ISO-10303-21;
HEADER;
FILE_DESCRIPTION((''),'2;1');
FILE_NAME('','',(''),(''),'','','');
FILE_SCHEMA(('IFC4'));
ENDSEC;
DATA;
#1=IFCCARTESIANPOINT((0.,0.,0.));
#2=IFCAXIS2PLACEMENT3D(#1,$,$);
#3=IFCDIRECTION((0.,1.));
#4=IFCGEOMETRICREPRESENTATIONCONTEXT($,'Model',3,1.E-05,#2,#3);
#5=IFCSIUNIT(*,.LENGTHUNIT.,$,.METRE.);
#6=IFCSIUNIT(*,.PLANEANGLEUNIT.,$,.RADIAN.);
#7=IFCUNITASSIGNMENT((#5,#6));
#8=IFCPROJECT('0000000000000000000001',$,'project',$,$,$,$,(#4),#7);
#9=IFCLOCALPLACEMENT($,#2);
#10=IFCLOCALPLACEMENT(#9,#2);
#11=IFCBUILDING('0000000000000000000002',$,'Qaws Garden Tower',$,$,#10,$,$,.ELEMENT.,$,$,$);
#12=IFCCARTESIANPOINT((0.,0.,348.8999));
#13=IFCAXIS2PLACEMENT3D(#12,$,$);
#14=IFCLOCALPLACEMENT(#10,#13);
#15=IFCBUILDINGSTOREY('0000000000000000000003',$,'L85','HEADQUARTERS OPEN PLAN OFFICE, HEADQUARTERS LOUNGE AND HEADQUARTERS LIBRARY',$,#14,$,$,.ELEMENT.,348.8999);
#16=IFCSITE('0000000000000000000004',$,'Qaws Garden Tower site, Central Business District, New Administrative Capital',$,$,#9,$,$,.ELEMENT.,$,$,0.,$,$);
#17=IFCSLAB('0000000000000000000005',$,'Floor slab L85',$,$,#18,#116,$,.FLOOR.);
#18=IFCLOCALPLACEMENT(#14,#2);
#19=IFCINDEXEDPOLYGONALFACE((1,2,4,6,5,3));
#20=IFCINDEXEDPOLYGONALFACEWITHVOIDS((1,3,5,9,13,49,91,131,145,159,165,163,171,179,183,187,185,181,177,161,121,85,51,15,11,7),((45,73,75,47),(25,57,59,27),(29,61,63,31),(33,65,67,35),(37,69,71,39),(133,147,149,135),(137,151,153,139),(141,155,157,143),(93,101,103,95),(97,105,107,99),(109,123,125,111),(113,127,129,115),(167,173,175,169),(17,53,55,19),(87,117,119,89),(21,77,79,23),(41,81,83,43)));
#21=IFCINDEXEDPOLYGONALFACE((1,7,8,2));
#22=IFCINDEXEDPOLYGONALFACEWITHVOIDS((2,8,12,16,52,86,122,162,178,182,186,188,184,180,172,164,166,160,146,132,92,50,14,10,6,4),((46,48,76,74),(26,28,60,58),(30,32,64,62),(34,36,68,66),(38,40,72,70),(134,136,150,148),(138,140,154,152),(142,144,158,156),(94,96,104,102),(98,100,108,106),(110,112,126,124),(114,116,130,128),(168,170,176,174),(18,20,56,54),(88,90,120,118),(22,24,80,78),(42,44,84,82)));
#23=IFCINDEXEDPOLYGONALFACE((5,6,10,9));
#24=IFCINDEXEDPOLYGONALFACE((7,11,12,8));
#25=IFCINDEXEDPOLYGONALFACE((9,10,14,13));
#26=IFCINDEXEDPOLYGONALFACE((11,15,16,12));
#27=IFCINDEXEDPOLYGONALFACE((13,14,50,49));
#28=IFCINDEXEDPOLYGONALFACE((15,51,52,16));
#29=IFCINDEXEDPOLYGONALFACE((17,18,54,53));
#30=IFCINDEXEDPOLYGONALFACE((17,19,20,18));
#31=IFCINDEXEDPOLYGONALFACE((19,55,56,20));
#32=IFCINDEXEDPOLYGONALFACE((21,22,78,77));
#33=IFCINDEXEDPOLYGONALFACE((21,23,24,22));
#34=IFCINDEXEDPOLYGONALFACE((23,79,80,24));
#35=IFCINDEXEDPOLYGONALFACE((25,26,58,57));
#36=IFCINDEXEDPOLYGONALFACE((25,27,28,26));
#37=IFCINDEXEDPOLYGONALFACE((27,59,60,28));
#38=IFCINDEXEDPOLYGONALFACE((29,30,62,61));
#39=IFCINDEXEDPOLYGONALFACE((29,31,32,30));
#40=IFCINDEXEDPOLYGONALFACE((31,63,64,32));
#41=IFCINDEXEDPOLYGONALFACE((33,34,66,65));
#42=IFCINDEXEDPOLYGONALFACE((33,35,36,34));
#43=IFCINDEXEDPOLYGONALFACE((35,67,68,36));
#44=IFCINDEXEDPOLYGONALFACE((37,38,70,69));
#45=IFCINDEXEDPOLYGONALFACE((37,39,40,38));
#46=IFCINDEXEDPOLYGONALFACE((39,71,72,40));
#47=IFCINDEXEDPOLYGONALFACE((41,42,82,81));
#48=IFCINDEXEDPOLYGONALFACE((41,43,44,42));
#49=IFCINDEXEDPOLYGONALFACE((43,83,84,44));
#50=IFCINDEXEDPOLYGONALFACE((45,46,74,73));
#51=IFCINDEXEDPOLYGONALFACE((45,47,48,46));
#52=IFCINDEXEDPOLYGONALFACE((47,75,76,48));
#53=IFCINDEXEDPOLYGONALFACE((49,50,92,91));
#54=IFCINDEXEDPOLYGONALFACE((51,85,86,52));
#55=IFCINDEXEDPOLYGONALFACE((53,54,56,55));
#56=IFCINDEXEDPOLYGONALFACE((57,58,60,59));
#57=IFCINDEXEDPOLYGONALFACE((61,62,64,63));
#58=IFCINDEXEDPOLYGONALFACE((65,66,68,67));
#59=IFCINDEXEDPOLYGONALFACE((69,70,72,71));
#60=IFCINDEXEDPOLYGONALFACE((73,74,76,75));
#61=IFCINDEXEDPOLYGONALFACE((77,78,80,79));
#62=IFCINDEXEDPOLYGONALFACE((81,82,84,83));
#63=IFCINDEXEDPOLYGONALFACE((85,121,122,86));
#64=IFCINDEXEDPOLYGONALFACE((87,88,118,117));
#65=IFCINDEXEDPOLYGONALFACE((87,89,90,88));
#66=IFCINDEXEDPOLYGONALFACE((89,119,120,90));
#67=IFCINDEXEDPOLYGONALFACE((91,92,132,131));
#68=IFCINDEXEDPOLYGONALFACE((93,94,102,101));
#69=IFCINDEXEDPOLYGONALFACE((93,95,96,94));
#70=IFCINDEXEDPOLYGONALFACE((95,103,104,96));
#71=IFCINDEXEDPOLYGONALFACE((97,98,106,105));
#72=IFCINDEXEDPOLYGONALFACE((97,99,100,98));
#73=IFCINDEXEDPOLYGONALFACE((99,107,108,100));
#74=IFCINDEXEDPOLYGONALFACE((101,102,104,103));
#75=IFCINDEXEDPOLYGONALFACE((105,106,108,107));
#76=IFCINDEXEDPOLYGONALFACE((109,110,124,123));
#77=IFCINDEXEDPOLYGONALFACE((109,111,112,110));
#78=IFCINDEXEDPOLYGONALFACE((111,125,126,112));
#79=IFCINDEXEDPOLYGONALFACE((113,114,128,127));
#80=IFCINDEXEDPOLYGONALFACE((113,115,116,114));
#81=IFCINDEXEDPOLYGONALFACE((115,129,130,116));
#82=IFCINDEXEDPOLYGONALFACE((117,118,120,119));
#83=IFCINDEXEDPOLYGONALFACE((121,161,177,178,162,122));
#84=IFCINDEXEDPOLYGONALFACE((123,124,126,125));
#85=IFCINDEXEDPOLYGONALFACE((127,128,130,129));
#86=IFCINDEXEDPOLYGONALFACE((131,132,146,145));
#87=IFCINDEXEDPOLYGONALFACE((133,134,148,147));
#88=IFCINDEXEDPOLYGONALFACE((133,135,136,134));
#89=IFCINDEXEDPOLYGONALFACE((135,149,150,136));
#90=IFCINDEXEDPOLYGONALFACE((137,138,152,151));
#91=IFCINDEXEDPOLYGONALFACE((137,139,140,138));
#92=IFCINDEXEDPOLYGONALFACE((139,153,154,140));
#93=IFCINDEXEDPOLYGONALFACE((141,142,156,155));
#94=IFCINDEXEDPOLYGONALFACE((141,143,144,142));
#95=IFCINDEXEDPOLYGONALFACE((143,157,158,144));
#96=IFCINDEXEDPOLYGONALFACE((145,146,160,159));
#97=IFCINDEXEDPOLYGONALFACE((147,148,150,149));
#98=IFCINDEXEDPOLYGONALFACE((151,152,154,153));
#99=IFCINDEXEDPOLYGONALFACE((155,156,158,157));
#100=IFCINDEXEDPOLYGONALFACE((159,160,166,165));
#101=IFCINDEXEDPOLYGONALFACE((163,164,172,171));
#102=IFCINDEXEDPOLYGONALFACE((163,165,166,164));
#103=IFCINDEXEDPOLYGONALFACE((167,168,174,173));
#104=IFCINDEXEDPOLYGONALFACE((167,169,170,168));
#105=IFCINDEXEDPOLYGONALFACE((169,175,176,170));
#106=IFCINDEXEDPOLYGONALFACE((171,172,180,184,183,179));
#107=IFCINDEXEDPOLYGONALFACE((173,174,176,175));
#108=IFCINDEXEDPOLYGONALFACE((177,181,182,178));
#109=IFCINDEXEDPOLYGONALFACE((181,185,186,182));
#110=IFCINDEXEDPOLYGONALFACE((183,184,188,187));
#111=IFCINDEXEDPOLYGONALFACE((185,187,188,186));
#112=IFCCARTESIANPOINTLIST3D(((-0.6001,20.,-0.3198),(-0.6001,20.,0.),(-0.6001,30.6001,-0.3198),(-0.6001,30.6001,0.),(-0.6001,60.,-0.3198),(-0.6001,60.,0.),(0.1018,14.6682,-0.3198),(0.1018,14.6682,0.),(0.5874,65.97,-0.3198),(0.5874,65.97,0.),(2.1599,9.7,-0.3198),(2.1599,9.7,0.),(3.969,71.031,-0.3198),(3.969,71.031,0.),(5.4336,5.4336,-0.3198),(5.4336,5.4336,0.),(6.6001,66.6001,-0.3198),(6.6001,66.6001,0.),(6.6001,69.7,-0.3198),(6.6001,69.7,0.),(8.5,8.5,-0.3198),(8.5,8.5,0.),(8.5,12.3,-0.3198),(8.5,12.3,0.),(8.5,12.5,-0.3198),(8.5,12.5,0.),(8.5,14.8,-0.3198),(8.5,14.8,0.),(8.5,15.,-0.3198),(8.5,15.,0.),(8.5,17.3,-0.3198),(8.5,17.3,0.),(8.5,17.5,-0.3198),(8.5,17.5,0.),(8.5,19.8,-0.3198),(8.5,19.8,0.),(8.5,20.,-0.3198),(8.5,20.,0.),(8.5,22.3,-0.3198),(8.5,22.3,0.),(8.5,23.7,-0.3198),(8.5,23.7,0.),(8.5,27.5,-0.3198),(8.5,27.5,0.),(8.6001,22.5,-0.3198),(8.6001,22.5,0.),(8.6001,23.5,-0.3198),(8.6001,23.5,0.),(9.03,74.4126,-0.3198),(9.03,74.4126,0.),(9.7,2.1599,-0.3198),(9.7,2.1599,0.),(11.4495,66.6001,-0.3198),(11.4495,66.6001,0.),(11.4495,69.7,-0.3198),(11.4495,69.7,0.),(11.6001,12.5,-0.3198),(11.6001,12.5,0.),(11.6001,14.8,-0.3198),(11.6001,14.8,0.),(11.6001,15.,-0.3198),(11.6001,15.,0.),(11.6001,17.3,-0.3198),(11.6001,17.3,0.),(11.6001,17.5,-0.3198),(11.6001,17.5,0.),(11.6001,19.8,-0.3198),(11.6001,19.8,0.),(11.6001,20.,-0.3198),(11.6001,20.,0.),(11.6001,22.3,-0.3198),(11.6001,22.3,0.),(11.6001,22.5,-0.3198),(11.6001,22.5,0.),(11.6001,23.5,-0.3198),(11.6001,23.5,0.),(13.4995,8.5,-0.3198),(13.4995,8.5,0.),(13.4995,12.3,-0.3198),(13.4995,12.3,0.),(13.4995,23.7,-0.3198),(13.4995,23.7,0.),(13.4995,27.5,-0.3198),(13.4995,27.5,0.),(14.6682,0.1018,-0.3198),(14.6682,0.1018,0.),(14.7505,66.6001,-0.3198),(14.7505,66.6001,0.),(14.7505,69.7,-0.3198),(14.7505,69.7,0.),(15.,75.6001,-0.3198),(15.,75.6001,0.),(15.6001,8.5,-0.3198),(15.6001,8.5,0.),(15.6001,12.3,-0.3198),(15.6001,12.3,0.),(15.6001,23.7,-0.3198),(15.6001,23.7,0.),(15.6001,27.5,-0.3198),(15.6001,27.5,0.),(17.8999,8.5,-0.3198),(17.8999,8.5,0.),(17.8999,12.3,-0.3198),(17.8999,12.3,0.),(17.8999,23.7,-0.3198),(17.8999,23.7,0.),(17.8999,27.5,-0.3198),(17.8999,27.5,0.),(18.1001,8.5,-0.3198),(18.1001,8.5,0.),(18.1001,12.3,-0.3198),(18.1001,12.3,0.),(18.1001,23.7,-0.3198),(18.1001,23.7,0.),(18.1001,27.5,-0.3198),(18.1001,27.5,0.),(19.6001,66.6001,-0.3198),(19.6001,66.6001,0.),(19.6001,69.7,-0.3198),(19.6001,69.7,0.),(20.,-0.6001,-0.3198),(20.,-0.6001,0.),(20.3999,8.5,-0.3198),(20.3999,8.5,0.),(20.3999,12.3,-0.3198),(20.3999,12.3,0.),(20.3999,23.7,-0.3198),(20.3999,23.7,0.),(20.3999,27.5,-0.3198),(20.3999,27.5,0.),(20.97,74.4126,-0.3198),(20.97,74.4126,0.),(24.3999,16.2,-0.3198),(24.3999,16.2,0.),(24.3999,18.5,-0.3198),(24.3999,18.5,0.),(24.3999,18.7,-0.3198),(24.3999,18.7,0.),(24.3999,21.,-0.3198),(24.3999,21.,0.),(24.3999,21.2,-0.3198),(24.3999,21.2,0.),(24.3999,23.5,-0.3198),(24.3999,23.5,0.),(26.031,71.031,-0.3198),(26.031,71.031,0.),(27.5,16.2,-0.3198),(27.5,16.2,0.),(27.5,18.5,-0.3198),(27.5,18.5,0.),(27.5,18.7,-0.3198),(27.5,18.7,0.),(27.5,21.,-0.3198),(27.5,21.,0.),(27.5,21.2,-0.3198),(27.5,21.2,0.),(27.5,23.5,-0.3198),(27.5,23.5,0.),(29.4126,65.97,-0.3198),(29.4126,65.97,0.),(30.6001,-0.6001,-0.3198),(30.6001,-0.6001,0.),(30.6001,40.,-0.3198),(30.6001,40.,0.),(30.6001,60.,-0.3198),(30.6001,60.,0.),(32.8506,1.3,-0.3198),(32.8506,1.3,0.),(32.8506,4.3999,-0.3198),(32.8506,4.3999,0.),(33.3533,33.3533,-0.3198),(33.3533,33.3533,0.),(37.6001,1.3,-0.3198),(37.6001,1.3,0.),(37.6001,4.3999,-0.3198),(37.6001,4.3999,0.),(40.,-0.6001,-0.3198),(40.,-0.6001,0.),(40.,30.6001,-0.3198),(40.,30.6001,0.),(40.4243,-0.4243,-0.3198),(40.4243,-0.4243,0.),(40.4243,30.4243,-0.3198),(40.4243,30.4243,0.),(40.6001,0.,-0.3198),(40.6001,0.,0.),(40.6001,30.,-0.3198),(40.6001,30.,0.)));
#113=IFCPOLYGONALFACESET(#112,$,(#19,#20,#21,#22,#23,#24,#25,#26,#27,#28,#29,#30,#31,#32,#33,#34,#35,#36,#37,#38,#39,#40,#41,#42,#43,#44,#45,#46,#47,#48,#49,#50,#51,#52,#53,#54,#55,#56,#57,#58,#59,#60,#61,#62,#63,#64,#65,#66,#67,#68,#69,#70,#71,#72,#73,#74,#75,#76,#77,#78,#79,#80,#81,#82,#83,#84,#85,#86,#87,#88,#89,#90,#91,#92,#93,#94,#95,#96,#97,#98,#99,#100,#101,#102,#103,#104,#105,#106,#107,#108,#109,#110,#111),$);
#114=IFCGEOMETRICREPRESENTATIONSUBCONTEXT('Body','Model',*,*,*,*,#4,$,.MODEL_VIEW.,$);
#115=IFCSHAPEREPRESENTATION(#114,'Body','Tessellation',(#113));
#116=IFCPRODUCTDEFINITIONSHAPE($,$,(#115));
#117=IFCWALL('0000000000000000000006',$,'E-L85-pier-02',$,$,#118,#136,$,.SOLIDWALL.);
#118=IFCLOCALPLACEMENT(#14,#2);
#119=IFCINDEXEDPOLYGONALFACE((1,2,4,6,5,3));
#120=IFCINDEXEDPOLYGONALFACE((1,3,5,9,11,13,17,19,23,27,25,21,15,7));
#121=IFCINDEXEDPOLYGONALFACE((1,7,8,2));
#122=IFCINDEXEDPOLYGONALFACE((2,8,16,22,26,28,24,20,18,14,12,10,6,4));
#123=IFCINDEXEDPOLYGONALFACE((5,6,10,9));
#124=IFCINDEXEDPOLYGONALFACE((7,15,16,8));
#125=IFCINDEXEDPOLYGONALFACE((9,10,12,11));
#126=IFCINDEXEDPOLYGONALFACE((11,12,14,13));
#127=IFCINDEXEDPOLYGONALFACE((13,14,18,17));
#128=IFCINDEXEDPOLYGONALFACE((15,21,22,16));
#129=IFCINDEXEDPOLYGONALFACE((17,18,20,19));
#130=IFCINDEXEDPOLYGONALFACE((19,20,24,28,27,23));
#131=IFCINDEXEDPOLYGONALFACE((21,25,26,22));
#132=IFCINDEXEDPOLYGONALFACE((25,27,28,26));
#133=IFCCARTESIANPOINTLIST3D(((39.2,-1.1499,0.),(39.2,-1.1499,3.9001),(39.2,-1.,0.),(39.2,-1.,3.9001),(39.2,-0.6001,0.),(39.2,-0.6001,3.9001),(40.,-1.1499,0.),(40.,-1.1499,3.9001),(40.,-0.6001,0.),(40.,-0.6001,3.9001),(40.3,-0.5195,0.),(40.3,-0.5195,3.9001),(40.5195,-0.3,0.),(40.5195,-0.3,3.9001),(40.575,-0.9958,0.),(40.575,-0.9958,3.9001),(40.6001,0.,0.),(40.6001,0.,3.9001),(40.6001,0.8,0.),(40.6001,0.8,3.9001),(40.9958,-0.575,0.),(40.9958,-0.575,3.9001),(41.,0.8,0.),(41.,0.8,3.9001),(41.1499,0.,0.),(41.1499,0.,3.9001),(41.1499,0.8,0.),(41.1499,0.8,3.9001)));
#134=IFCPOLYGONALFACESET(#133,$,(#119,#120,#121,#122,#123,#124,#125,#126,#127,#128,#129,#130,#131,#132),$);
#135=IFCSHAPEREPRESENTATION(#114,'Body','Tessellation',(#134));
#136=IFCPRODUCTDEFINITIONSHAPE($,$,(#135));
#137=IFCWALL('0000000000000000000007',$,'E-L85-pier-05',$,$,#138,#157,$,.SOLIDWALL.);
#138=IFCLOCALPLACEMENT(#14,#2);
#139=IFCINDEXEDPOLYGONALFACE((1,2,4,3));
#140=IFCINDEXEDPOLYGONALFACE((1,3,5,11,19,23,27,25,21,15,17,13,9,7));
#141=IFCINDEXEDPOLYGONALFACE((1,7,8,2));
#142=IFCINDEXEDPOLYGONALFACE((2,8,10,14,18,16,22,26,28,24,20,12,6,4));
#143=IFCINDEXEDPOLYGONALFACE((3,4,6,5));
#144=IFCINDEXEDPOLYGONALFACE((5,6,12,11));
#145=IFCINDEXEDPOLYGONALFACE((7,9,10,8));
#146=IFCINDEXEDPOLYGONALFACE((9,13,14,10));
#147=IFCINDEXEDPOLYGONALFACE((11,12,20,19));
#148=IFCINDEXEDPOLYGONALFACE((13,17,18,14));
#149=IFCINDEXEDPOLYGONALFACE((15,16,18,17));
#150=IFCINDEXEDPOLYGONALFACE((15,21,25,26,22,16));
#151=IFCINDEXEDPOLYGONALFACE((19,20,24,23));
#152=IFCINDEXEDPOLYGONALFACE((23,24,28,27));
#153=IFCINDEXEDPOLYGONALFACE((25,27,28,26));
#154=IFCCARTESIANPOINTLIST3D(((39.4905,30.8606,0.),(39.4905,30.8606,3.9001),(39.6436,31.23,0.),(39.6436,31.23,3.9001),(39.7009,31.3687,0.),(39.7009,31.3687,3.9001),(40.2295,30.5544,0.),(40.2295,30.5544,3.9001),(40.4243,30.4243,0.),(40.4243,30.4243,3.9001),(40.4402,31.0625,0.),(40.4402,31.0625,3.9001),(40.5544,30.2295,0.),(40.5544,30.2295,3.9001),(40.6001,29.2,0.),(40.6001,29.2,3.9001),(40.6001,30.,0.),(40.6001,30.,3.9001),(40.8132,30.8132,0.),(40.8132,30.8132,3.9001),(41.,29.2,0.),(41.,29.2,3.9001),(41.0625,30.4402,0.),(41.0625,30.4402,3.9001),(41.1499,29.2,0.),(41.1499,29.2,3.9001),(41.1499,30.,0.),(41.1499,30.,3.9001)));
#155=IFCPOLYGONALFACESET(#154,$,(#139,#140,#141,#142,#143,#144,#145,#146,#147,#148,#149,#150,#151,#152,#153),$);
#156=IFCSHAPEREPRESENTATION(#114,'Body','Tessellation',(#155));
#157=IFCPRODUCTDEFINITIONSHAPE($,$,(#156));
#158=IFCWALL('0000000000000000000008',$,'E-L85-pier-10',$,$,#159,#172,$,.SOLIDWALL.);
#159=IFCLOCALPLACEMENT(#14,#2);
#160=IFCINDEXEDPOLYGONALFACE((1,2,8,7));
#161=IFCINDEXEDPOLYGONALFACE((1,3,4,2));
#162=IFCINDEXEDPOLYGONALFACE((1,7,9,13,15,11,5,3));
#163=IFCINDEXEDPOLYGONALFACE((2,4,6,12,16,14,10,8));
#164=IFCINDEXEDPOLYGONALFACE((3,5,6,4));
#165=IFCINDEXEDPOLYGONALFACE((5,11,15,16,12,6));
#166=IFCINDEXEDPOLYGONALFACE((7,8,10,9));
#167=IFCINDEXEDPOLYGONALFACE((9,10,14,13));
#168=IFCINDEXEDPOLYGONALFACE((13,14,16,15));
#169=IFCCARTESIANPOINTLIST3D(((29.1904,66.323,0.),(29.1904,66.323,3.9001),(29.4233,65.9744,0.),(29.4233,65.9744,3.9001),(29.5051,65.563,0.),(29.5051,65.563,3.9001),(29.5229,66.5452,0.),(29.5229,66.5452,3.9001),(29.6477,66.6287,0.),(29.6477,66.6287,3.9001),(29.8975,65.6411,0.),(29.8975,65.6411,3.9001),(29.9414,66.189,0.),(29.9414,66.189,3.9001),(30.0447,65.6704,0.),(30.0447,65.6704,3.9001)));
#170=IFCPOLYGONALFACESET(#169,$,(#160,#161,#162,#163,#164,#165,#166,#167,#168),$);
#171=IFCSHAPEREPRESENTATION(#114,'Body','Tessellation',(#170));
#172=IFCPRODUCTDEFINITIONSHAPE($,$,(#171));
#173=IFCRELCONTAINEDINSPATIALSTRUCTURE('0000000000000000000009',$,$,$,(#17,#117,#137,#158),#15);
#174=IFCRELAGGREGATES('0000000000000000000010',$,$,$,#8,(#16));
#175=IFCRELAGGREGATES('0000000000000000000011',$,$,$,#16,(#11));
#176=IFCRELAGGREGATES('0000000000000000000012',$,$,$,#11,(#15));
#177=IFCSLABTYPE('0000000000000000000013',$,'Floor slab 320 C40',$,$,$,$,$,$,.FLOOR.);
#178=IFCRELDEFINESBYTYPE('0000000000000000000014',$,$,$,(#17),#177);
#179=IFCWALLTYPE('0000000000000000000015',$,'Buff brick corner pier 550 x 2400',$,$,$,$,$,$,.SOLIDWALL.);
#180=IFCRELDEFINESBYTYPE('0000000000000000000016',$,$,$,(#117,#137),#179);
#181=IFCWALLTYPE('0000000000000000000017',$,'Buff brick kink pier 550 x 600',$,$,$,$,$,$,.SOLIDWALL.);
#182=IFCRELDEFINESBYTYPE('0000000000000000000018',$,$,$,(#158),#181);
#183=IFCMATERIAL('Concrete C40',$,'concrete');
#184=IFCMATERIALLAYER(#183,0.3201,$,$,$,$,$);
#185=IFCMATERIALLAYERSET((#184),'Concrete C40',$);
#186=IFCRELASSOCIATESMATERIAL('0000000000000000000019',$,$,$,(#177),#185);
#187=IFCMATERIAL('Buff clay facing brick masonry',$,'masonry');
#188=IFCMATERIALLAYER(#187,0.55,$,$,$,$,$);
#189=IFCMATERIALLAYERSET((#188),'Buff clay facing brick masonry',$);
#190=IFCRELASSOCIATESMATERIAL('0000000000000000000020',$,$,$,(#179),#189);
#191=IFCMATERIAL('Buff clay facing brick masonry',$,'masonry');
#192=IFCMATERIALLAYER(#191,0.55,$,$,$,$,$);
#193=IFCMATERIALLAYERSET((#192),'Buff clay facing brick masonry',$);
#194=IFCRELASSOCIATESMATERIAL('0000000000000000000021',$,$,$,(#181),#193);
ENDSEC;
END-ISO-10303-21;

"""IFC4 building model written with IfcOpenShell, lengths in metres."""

from ifc_helpers import new_model, si_unit, direction, frame, origin, place, context, subcontext, project, spatial, polyline, outline, extrude, material, layer, layer_set, type_object, element, save


model = new_model("IFC4")

# Units and contexts
model_context = context("Model", 3, precision=1e-05, world=origin(), true_north=direction((0.0, 1.0)))
body_context = subcontext(model_context, "Body", "Model", "MODEL_VIEW")
ifc_project = project(units=[si_unit("LENGTHUNIT", "METRE"), si_unit("PLANEANGLEUNIT", "RADIAN")], contexts=[model_context])

# Site, building, storey
site_placement = place(None, origin())
site = spatial("IfcSite", under=ifc_project, at=site_placement, Name="Qaws Garden Tower site, Central Business District, New Administrative Capital", CompositionType="ELEMENT", RefElevation=0.0)
building_placement = place(site_placement, origin())
building = spatial("IfcBuilding", under=site, at=building_placement, Name="Qaws Garden Tower", CompositionType="ELEMENT")
storey_placement = place(building_placement, frame((0.0, 0.0, 348.8999)))
storey = spatial("IfcBuildingStorey", under=building, at=storey_placement, Name="L85", Description="HEADQUARTERS OPEN PLAN OFFICE, HEADQUARTERS LOUNGE AND HEADQUARTERS LIBRARY", CompositionType="ELEMENT", Elevation=348.8999)

# Slab
ifc_material_1 = material(Name="Concrete C40", Category="concrete")
ifc_layer_1 = layer(ifc_material_1, 0.3201)
ifc_layer_set_1 = layer_set([ifc_layer_1], Name="Concrete C40")
slab_type = type_object("IfcSlabType", Name="Floor slab 320 C40", PredefinedType="FLOOR", material=ifc_layer_set_1)
slab_placement = place(storey_placement, frame((0.0, 0.0, -0.3198)))
element("IfcSlab", 1, at=slab_placement, inside=storey, type_object=slab_type, Name="Floor slab L85", PredefinedType="FLOOR", context=body_context, shape_type="SweptSolid", body=[
    extrude(outline(polyline([(0.1018, 14.6682), (-0.6001, 20.0), (-0.6001, 30.6001), (-0.6001, 60.0), (-0.6001, 60.0), (0.5874, 65.97), (3.969, 71.031), (9.03, 74.4126), (15.0, 75.6001), (20.97, 74.4126), (26.031, 71.031), (29.4126, 65.97), (30.6001, 60.0), (30.6001, 40.0), (33.3533, 33.3533), (40.0, 30.6001), (40.4243, 30.4243), (40.6001, 30.0), (40.6001, 0.0), (40.4243, -0.4243), (40.0, -0.6001), (30.6001, -0.6001), (20.0, -0.6001), (14.6682, 0.1018), (9.7, 2.1599), (5.4336, 5.4336), (2.1599, 9.7), (0.1018, 14.6682)]), holes=[polyline([(13.4995, 12.3), (8.5, 12.3), (8.5, 8.5), (13.4995, 8.5), (13.4995, 12.3)]), polyline([(17.8999, 12.3), (15.6001, 12.3), (15.6001, 8.5), (17.8999, 8.5), (17.8999, 12.3)]), polyline([(11.6001, 14.8), (8.5, 14.8), (8.5, 12.5), (11.6001, 12.5), (11.6001, 14.8)]), polyline([(11.6001, 17.3), (8.5, 17.3), (8.5, 15.0), (11.6001, 15.0), (11.6001, 17.3)]), polyline([(11.6001, 19.8), (8.5, 19.8), (8.5, 17.5), (11.6001, 17.5), (11.6001, 19.8)]), polyline([(11.6001, 22.3), (8.5, 22.3), (8.5, 20.0), (11.6001, 20.0), (11.6001, 22.3)]), polyline([(11.6001, 23.5), (8.6001, 23.5), (8.6001, 22.5), (11.6001, 22.5), (11.6001, 23.5)]), polyline([(13.4995, 27.5), (8.5, 27.5), (8.5, 23.7), (13.4995, 23.7), (13.4995, 27.5)]), polyline([(11.4495, 69.7), (6.6001, 69.7), (6.6001, 66.6001), (11.4495, 66.6001), (11.4495, 69.7)]), polyline([(37.6001, 4.3999), (32.8506, 4.3999), (32.8506, 1.3), (37.6001, 1.3), (37.6001, 4.3999)]), polyline([(20.3999, 12.3), (18.1001, 12.3), (18.1001, 8.5), (20.3999, 8.5), (20.3999, 12.3)]), polyline([(27.5, 18.5), (24.3999, 18.5), (24.3999, 16.2), (27.5, 16.2), (27.5, 18.5)]), polyline([(27.5, 21.0), (24.3999, 21.0), (24.3999, 18.7), (27.5, 18.7), (27.5, 21.0)]), polyline([(27.5, 23.5), (24.3999, 23.5), (24.3999, 21.2), (27.5, 21.2), (27.5, 23.5)]), polyline([(17.8999, 27.5), (15.6001, 27.5), (15.6001, 23.7), (17.8999, 23.7), (17.8999, 27.5)]), polyline([(20.3999, 23.7), (20.3999, 27.5), (18.1001, 27.5), (18.1001, 23.7), (20.3999, 23.7)]), polyline([(19.6001, 66.6001), (19.6001, 69.7), (14.7505, 69.7), (14.7505, 66.6001), (19.6001, 66.6001)])]), origin(), (0.0, 0.0, 1.0), 0.3198),
])

# Walls
ifc_material_2 = material(Name="Buff clay facing brick masonry", Category="masonry")
ifc_layer_2 = layer(ifc_material_2, 0.55)
ifc_layer_set_2 = layer_set([ifc_layer_2], Name="Buff clay facing brick masonry")
wall_type_1 = type_object("IfcWallType", Name="Buff brick corner pier 550 x 2400", PredefinedType="SOLIDWALL", material=ifc_layer_set_2)
placement = place(storey_placement, origin())
element("IfcWall", 2, at=placement, inside=storey, type_object=wall_type_1, Name="E-L85-pier-02", PredefinedType="SOLIDWALL", context=body_context, shape_type="SweptSolid", body=[
    extrude(outline(polyline([(39.2, -1.0), (39.2, -1.1499), (40.0, -1.1499), (40.575, -0.9958), (40.9958, -0.575), (41.1499, 0.0), (41.1499, 0.8), (41.0, 0.8), (40.6001, 0.8), (40.6001, 0.0), (40.5195, -0.3), (40.3, -0.5195), (40.0, -0.6001), (39.2, -0.6001), (39.2, -1.0)])), origin(), (0.0, 0.0, 1.0), 3.9001),
])
element("IfcWall", 3, at=placement, inside=storey, type_object=wall_type_1, Name="E-L85-pier-05", PredefinedType="SOLIDWALL", context=body_context, shape_type="SweptSolid", body=[
    extrude(outline(polyline([(41.0, 29.2), (41.1499, 29.2), (41.1499, 30.0), (41.0625, 30.4402), (40.8132, 30.8132), (40.4402, 31.0625), (39.7009, 31.3687), (39.6436, 31.23), (39.4905, 30.8606), (40.2295, 30.5544), (40.4243, 30.4243), (40.5544, 30.2295), (40.6001, 30.0), (40.6001, 29.2), (41.0, 29.2)])), origin(), (0.0, 0.0, 1.0), 3.9001),
])
ifc_material_3 = material(Name="Buff clay facing brick masonry", Category="masonry")
ifc_layer_3 = layer(ifc_material_3, 0.55)
ifc_layer_set_3 = layer_set([ifc_layer_3], Name="Buff clay facing brick masonry")
wall_type_2 = type_object("IfcWallType", Name="Buff brick kink pier 550 x 600", PredefinedType="SOLIDWALL", material=ifc_layer_set_3)
element("IfcWall", 4, at=placement, inside=storey, type_object=wall_type_2, Name="E-L85-pier-10", PredefinedType="SOLIDWALL", context=body_context, shape_type="SweptSolid", body=[
    extrude(outline(polyline([(29.8975, 65.6411), (30.0447, 65.6704), (29.9414, 66.189), (29.6477, 66.6287), (29.5229, 66.5452), (29.1904, 66.323), (29.4233, 65.9744), (29.5051, 65.563), (29.8975, 65.6411)])), origin(), (0.0, 0.0, 1.0), 3.9001),
])

save(model, "model.ifc")
